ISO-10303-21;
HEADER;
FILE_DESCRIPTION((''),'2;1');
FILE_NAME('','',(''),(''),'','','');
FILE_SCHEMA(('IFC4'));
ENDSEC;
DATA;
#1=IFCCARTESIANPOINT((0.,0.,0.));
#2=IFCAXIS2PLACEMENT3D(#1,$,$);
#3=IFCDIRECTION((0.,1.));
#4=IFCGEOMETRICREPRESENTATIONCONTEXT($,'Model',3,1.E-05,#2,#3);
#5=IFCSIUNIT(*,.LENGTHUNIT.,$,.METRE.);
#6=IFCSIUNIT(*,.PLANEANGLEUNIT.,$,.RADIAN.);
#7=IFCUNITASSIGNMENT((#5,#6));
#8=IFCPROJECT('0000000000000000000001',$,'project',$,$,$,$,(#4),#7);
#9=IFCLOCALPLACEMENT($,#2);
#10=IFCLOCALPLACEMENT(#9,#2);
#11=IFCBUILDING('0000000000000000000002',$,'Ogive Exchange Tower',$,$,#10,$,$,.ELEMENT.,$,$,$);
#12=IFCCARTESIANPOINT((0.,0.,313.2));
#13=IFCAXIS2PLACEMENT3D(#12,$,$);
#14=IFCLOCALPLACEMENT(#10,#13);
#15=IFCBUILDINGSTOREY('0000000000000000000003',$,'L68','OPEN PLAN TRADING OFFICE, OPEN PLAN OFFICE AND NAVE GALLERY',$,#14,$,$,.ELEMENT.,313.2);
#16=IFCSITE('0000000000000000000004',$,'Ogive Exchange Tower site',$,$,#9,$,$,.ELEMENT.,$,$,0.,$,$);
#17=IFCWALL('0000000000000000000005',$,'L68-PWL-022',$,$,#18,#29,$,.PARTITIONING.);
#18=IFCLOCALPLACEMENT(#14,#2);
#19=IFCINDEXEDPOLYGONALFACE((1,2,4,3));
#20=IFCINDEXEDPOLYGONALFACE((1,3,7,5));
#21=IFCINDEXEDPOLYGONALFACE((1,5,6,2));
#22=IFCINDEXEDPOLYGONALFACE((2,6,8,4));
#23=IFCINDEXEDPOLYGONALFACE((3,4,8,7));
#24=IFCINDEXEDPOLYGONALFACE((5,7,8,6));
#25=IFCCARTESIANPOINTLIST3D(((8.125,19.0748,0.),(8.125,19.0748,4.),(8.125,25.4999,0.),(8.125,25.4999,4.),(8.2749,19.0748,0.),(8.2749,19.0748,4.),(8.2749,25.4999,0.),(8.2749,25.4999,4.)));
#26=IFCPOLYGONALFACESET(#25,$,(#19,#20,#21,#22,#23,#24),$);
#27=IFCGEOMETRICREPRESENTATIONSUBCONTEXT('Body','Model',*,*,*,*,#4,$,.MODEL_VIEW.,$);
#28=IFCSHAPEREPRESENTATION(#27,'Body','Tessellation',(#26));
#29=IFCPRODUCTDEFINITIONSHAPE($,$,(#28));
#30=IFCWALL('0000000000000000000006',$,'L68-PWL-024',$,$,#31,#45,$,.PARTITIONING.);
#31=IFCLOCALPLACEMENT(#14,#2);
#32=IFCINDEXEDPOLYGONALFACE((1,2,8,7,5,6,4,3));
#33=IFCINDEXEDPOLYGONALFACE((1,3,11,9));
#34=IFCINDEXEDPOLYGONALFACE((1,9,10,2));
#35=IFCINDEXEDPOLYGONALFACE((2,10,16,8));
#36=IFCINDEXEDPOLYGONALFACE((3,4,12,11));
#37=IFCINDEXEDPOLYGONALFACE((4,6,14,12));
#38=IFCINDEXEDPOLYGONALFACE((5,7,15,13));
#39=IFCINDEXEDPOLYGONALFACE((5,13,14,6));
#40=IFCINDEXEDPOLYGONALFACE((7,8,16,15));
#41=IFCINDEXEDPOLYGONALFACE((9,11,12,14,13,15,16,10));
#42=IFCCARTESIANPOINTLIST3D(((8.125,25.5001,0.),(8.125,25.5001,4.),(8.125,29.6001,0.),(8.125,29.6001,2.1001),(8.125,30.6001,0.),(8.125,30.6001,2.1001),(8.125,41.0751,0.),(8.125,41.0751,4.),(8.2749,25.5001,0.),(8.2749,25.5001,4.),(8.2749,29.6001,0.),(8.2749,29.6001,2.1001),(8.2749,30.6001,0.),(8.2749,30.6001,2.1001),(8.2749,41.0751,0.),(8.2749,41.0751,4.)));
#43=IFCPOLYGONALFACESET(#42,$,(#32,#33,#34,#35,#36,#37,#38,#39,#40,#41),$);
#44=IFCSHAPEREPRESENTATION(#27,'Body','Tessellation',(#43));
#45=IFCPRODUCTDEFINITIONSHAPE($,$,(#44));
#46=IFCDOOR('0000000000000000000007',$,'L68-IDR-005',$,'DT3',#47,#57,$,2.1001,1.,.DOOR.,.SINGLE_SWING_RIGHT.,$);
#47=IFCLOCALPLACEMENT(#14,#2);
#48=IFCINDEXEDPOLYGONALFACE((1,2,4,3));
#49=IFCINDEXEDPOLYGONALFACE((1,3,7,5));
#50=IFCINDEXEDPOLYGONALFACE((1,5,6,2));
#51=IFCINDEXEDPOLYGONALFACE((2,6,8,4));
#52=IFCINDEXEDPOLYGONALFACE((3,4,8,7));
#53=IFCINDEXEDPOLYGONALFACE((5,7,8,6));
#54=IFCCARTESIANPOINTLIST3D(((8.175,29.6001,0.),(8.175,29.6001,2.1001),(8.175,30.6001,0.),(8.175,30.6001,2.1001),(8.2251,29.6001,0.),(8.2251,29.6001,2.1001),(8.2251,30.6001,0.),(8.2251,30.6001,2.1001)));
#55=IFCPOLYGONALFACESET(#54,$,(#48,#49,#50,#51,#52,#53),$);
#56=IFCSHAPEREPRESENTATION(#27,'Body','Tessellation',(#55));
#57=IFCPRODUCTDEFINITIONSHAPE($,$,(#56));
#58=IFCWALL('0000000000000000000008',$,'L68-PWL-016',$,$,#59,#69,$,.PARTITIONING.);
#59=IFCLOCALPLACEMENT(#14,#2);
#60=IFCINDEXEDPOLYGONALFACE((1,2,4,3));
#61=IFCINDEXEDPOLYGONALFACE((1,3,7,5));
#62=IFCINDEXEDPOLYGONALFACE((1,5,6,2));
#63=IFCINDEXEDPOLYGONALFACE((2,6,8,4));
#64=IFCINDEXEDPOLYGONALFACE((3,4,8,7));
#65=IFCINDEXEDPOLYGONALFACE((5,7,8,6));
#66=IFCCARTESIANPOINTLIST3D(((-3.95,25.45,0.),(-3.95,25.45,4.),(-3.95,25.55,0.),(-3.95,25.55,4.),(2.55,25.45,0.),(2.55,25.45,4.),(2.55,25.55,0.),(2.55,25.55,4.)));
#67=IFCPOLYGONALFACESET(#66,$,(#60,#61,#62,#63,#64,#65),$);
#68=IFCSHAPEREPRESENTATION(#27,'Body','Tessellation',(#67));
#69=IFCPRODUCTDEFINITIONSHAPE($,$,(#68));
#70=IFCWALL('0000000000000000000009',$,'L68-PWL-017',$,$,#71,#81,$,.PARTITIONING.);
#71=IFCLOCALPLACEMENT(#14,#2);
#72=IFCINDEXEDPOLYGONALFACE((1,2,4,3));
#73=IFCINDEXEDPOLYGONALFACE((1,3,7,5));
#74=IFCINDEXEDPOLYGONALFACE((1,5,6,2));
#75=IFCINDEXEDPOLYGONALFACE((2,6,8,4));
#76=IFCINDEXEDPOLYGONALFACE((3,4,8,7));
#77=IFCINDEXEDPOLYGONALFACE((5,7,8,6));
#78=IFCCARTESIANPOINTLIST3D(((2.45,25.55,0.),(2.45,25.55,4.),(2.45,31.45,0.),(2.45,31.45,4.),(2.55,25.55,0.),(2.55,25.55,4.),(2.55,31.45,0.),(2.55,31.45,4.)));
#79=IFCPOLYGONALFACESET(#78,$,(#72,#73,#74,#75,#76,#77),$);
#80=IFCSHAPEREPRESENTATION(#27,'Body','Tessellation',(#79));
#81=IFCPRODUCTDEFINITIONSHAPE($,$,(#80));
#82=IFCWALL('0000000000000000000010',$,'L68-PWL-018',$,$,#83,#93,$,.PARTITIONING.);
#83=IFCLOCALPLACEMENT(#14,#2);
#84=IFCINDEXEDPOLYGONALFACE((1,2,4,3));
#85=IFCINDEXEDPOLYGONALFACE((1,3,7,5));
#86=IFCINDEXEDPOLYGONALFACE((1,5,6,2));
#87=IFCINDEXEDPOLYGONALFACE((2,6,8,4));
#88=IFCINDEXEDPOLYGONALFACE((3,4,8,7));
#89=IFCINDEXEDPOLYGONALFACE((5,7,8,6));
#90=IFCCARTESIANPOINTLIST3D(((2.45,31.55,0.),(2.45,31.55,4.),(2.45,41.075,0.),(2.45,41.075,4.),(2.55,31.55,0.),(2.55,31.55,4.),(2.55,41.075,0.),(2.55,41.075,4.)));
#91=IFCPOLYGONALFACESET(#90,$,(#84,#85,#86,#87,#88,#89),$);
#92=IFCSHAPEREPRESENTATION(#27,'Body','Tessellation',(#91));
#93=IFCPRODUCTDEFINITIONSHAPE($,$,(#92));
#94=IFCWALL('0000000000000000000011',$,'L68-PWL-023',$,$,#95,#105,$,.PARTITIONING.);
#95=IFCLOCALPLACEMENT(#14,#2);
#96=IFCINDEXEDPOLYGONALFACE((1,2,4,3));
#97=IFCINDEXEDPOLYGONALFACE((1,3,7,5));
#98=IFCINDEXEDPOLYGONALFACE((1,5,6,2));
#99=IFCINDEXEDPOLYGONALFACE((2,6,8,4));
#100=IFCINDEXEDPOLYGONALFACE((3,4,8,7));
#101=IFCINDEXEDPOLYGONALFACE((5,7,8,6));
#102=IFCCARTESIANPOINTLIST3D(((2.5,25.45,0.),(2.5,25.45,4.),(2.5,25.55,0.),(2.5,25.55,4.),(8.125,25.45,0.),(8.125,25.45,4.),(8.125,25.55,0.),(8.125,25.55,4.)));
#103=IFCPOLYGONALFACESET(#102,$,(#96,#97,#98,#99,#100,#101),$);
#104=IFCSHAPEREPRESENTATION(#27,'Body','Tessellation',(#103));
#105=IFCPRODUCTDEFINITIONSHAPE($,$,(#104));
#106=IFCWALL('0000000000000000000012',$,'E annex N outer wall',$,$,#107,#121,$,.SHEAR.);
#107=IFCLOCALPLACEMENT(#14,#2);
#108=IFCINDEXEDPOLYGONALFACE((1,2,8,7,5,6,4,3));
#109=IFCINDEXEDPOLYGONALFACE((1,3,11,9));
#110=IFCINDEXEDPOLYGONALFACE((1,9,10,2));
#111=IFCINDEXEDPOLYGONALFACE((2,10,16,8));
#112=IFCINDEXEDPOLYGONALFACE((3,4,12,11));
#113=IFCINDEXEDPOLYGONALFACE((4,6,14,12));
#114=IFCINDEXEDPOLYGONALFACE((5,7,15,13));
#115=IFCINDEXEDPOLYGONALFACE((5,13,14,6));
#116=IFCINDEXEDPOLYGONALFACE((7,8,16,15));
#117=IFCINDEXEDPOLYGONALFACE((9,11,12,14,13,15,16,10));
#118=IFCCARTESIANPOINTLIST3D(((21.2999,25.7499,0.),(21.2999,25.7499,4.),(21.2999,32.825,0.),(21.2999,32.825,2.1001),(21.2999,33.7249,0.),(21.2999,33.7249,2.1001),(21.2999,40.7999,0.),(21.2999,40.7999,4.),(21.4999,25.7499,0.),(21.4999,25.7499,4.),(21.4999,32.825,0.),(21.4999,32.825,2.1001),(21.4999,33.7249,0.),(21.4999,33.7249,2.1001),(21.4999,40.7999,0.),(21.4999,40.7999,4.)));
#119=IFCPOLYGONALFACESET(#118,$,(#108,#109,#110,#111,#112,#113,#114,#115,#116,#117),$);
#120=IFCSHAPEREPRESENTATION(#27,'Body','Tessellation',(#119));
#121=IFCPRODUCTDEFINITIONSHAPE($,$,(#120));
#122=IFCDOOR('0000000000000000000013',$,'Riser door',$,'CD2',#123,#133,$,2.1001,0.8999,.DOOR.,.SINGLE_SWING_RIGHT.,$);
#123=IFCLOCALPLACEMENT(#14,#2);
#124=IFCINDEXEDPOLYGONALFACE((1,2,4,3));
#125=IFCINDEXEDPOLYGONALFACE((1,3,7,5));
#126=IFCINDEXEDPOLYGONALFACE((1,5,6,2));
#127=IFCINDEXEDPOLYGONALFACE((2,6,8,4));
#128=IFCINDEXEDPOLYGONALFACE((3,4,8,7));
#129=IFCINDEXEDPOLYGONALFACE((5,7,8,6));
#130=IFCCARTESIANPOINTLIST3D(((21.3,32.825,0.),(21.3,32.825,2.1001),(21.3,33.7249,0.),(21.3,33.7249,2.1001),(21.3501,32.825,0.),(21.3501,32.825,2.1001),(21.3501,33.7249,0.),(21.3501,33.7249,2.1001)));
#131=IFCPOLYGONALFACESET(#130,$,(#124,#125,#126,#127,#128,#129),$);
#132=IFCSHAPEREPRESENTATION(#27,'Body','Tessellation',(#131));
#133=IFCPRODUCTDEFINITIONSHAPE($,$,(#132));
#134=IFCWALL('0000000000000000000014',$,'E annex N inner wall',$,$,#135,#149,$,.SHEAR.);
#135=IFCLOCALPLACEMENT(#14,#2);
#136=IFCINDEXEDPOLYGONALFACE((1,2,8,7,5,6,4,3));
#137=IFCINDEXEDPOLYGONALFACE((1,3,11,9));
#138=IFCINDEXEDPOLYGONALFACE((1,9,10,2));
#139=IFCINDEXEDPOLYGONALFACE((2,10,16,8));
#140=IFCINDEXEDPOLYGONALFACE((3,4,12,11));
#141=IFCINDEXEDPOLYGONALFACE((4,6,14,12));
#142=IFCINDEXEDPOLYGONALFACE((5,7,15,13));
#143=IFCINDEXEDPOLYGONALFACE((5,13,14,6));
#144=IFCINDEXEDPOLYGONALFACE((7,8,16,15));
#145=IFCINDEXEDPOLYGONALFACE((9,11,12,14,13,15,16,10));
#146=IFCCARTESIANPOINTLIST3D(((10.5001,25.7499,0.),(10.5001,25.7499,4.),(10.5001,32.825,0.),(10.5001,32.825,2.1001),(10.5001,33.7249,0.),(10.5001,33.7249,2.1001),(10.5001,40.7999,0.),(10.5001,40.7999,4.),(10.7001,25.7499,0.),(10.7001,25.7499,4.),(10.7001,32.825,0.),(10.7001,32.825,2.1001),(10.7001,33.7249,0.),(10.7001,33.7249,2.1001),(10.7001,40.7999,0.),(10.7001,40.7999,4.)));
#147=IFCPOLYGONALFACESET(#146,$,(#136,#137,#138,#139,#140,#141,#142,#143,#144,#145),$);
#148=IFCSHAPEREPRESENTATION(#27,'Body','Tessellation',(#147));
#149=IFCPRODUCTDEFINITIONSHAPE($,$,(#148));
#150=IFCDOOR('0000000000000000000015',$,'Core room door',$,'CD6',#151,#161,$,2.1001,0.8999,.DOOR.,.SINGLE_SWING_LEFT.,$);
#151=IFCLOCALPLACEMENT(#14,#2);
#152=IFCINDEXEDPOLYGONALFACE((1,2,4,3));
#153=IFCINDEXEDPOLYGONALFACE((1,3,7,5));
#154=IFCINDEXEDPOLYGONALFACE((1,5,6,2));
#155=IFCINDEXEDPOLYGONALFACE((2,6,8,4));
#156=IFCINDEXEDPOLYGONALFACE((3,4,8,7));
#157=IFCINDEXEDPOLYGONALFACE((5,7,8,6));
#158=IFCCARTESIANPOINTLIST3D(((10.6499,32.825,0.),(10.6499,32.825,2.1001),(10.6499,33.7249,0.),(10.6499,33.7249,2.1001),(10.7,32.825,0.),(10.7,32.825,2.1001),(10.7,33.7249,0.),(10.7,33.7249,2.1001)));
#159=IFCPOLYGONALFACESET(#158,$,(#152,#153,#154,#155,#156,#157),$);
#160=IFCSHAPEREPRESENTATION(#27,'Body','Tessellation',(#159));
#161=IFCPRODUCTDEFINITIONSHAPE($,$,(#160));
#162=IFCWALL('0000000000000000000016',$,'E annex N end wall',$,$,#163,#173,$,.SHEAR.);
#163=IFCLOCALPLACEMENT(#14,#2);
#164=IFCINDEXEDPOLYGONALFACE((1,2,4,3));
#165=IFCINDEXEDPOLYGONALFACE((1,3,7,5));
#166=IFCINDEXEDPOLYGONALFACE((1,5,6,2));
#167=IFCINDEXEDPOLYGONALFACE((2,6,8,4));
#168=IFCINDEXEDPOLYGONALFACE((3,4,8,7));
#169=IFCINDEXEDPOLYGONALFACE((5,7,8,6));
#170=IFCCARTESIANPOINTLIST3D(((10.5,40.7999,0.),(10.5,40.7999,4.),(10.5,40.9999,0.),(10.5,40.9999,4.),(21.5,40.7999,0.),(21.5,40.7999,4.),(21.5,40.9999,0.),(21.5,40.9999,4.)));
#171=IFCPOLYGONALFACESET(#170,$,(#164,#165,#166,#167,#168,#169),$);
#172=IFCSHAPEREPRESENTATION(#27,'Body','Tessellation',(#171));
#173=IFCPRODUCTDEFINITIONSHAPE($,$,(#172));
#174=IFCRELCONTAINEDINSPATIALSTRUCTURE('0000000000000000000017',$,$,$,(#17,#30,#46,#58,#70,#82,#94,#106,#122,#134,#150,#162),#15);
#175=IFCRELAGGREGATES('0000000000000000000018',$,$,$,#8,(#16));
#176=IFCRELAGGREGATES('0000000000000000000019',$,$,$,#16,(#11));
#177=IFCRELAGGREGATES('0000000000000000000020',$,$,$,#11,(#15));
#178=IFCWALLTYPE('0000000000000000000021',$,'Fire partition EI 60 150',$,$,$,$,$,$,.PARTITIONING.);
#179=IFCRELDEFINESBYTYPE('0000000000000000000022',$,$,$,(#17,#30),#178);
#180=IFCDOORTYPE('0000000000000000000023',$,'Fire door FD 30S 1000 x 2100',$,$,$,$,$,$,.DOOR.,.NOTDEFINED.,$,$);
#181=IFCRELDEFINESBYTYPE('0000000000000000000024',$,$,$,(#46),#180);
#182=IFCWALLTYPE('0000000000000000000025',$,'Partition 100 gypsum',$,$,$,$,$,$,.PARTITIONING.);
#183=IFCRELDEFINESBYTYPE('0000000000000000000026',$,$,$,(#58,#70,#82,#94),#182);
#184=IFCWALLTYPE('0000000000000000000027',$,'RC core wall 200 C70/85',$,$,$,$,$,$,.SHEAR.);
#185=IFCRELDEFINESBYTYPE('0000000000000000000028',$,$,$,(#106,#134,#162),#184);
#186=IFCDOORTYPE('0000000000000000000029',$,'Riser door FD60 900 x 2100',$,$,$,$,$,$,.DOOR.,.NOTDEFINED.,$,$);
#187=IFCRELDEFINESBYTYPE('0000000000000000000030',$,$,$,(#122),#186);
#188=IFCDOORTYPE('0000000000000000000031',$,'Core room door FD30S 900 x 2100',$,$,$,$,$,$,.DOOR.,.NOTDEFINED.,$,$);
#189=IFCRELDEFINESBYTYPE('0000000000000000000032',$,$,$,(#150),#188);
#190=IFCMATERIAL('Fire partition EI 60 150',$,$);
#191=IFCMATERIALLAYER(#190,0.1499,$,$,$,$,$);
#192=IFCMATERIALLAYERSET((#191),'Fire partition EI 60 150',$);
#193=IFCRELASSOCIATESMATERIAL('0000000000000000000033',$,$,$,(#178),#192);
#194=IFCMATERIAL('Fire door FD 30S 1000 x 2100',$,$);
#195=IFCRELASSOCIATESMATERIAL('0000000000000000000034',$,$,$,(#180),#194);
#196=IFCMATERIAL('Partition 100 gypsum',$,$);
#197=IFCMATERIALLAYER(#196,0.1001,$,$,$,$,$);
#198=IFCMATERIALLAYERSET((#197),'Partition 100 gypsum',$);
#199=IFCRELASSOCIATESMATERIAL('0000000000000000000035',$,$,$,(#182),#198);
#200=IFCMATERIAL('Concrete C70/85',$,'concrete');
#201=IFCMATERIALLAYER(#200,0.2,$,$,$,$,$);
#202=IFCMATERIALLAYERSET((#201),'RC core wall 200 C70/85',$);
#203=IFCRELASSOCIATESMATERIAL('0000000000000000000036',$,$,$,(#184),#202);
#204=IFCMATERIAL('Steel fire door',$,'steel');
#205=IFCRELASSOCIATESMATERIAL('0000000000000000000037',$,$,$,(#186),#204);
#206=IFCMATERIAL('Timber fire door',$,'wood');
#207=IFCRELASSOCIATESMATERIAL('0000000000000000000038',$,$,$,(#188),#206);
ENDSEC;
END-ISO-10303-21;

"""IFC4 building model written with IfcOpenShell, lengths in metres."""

from ifc_helpers import new_model, si_unit, direction, frame, frame_2d, origin, place, context, subcontext, project, spatial, rectangle, extrude, material, layer, layer_set, type_object, element, fill, save


model = new_model("IFC4")

# Units and contexts
model_context = context("Model", 3, precision=1e-05, world=origin(), true_north=direction((0.0, 1.0)))
body_context = subcontext(model_context, "Body", "Model", "MODEL_VIEW")
ifc_project = project(units=[si_unit("LENGTHUNIT", "METRE"), si_unit("PLANEANGLEUNIT", "RADIAN")], contexts=[model_context])

# Site, building, storey
site_placement = place(None, origin())
site = spatial("IfcSite", under=ifc_project, at=site_placement, Name="Ogive Exchange Tower site", CompositionType="ELEMENT", RefElevation=0.0)
building_placement = place(site_placement, origin())
building = spatial("IfcBuilding", under=site, at=building_placement, Name="Ogive Exchange Tower", CompositionType="ELEMENT")
storey_placement = place(building_placement, frame((0.0, 0.0, 313.2)))
storey = spatial("IfcBuildingStorey", under=building, at=storey_placement, Name="L68", Description="OPEN PLAN TRADING OFFICE, OPEN PLAN OFFICE AND NAVE GALLERY", CompositionType="ELEMENT", Elevation=313.2)

# Wall
ifc_material_1 = material(Name="Fire partition EI 60 150")
ifc_layer_1 = layer(ifc_material_1, 0.1499)
ifc_layer_set_1 = layer_set([ifc_layer_1], Name="Fire partition EI 60 150")
wall_type_1 = type_object("IfcWallType", Name="Fire partition EI 60 150", PredefinedType="PARTITIONING", material=ifc_layer_set_1)
wall_1_placement = place(storey_placement, frame((8.2, 19.075, 0.0), z_axis=(0.0, 0.0, 1.0), x_axis=(0.0, 1.0, 0.0)))
element("IfcWall", 1, at=wall_1_placement, inside=storey, type_object=wall_type_1, Name="L68-PWL-022", PredefinedType="PARTITIONING", context=body_context, shape_type="SweptSolid", body=[
    extrude(rectangle(XDim=6.425, YDim=0.1499, at=frame_2d((3.2124, 0.0))), origin(), (0.0, 0.0, 1.0), 4.0),
])

# Wall, opening, door
wall_2_placement = place(storey_placement, frame((8.2, 25.5, 0.0), z_axis=(0.0, 0.0, 1.0), x_axis=(0.0, 1.0, 0.0)))
wall_2 = element("IfcWall", 2, at=wall_2_placement, inside=storey, type_object=wall_type_1, Name="L68-PWL-024", PredefinedType="PARTITIONING", context=body_context, shape_type="SweptSolid", body=[
    extrude(rectangle(XDim=15.575, YDim=0.1499, at=frame_2d((7.7876, 0.0))), origin(), (0.0, 0.0, 1.0), 4.0),
])
opening_1_placement = place(wall_2_placement, frame((4.1001, 0.0, 0.0)))
opening_1 = element("IfcOpeningElement", 3, at=opening_1_placement, cuts=wall_2, PredefinedType="OPENING", context=body_context, shape_type="SweptSolid", body=[
    extrude(rectangle(XDim=1.0, YDim=2.1001, at=frame_2d((0.5, 1.05))), frame((0.0, 0.085, 0.0), z_axis=(0.0, -1.0, 0.0), x_axis=(1.0, 0.0, 0.0)), (0.0, 0.0, 1.0), 0.1699),
])
ifc_material_2 = material(Name="Fire door FD 30S 1000 x 2100")
door_type_1 = type_object("IfcDoorType", Name="Fire door FD 30S 1000 x 2100", OperationType="NOTDEFINED", PredefinedType="DOOR", material=ifc_material_2)
door_1_placement = place(opening_1_placement, origin())
door_1 = element("IfcDoor", 4, at=door_1_placement, inside=storey, type_object=door_type_1, Name="L68-IDR-005", ObjectType="DT3", OperationType="SINGLE_SWING_RIGHT", OverallHeight=2.1001, OverallWidth=1.0, PredefinedType="DOOR", context=body_context, shape_type="SweptSolid", body=[
    extrude(rectangle(XDim=1.0, YDim=2.1001, at=frame_2d((0.5, 1.05))), frame((0.0, 0.0249, 0.0), z_axis=(0.0, -1.0, 0.0), x_axis=(1.0, 0.0, 0.0)), (0.0, 0.0, 1.0), 0.05),
])
fill(opening_1, door_1)

# Walls
ifc_material_3 = material(Name="Partition 100 gypsum")
ifc_layer_2 = layer(ifc_material_3, 0.1001)
ifc_layer_set_2 = layer_set([ifc_layer_2], Name="Partition 100 gypsum")
wall_type_2 = type_object("IfcWallType", Name="Partition 100 gypsum", PredefinedType="PARTITIONING", material=ifc_layer_set_2)
wall_3_placement = place(storey_placement, frame((2.55, 25.5, 0.0), z_axis=(0.0, 0.0, 1.0), x_axis=(-1.0, 0.0, 0.0)))
element("IfcWall", 5, at=wall_3_placement, inside=storey, type_object=wall_type_2, Name="L68-PWL-016", PredefinedType="PARTITIONING", context=body_context, shape_type="SweptSolid", body=[
    extrude(rectangle(XDim=6.5, YDim=0.1001, at=frame_2d((3.25, 0.0))), origin(), (0.0, 0.0, 1.0), 4.0),
])
wall_4_placement = place(storey_placement, frame((2.5, 25.55, 0.0), z_axis=(0.0, 0.0, 1.0), x_axis=(0.0, 1.0, 0.0)))
element("IfcWall", 6, at=wall_4_placement, inside=storey, type_object=wall_type_2, Name="L68-PWL-017", PredefinedType="PARTITIONING", context=body_context, shape_type="SweptSolid", body=[
    extrude(rectangle(XDim=5.8999, YDim=0.1001, at=frame_2d((2.95, 0.0))), origin(), (0.0, 0.0, 1.0), 4.0),
])
wall_5_placement = place(storey_placement, frame((2.5, 31.55, 0.0), z_axis=(0.0, 0.0, 1.0), x_axis=(0.0, 1.0, 0.0)))
element("IfcWall", 7, at=wall_5_placement, inside=storey, type_object=wall_type_2, Name="L68-PWL-018", PredefinedType="PARTITIONING", context=body_context, shape_type="SweptSolid", body=[
    extrude(rectangle(XDim=9.5249, YDim=0.1001, at=frame_2d((4.7625, 0.0))), origin(), (0.0, 0.0, 1.0), 4.0),
])
wall_6_placement = place(storey_placement, frame((8.125, 25.5, 0.0), z_axis=(0.0, 0.0, 1.0), x_axis=(-1.0, 0.0, 0.0)))
element("IfcWall", 8, at=wall_6_placement, inside=storey, type_object=wall_type_2, Name="L68-PWL-023", PredefinedType="PARTITIONING", context=body_context, shape_type="SweptSolid", body=[
    extrude(rectangle(XDim=5.625, YDim=0.1001, at=frame_2d((2.8125, 0.0))), origin(), (0.0, 0.0, 1.0), 4.0),
])

# Walls, openings, doors
ifc_material_4 = material(Name="Concrete C70/85", Category="concrete")
ifc_layer_3 = layer(ifc_material_4, 0.2)
ifc_layer_set_3 = layer_set([ifc_layer_3], Name="RC core wall 200 C70/85")
wall_type_3 = type_object("IfcWallType", Name="RC core wall 200 C70/85", PredefinedType="SHEAR", material=ifc_layer_set_3)
wall_7_placement = place(storey_placement, frame((21.3999, 25.75, 0.0), z_axis=(0.0, 0.0, 1.0), x_axis=(0.0, 1.0, 0.0)))
wall_7 = element("IfcWall", 9, at=wall_7_placement, inside=storey, type_object=wall_type_3, Name="E annex N outer wall", PredefinedType="SHEAR", context=body_context, shape_type="SweptSolid", body=[
    extrude(rectangle(XDim=15.05, YDim=0.2, at=frame_2d((7.5249, 0.0))), origin(), (0.0, 0.0, 1.0), 4.0),
])
opening_2_placement = place(wall_7_placement, frame((7.075, 0.0, 0.0)))
opening_2 = element("IfcOpeningElement", 10, at=opening_2_placement, cuts=wall_7, PredefinedType="OPENING", context=body_context, shape_type="SweptSolid", body=[
    extrude(rectangle(XDim=0.8999, YDim=2.1001, at=frame_2d((0.45, 1.05))), frame((0.0, 0.1099, 0.0), z_axis=(0.0, -1.0, 0.0), x_axis=(1.0, 0.0, 0.0)), (0.0, 0.0, 1.0), 0.22),
])
ifc_material_5 = material(Name="Steel fire door", Category="steel")
door_type_2 = type_object("IfcDoorType", Name="Riser door FD60 900 x 2100", OperationType="NOTDEFINED", PredefinedType="DOOR", material=ifc_material_5)
door_2_placement = place(opening_2_placement, frame((0.8999, 0.1499, 0.0), z_axis=(0.0, 0.0, 1.0), x_axis=(-1.0, 0.0, 0.0)))
door_2 = element("IfcDoor", 11, at=door_2_placement, inside=storey, type_object=door_type_2, Name="Riser door", ObjectType="CD2", OperationType="SINGLE_SWING_RIGHT", OverallHeight=2.1001, OverallWidth=0.8999, PredefinedType="DOOR", context=body_context, shape_type="SweptSolid", body=[
    extrude(rectangle(XDim=0.8999, YDim=2.1001, at=frame_2d((0.45, 1.05))), frame((0.0, 0.1001, 0.0), z_axis=(0.0, -1.0, 0.0), x_axis=(1.0, 0.0, 0.0)), (0.0, 0.0, 1.0), 0.05),
])
fill(opening_2, door_2)
wall_8_placement = place(storey_placement, frame((10.6001, 25.75, 0.0), z_axis=(0.0, 0.0, 1.0), x_axis=(0.0, 1.0, 0.0)))
wall_8 = element("IfcWall", 12, at=wall_8_placement, inside=storey, type_object=wall_type_3, Name="E annex N inner wall", PredefinedType="SHEAR", context=body_context, shape_type="SweptSolid", body=[
    extrude(rectangle(XDim=15.05, YDim=0.2, at=frame_2d((7.5249, 0.0))), origin(), (0.0, 0.0, 1.0), 4.0),
])
opening_3_placement = place(wall_8_placement, frame((7.075, 0.0, 0.0)))
opening_3 = element("IfcOpeningElement", 13, at=opening_3_placement, cuts=wall_8, PredefinedType="OPENING", context=body_context, shape_type="SweptSolid", body=[
    extrude(rectangle(XDim=0.8999, YDim=2.1001, at=frame_2d((0.45, 1.05))), frame((0.0, 0.1099, 0.0), z_axis=(0.0, -1.0, 0.0), x_axis=(1.0, 0.0, 0.0)), (0.0, 0.0, 1.0), 0.22),
])
ifc_material_6 = material(Name="Timber fire door", Category="wood")
door_type_3 = type_object("IfcDoorType", Name="Core room door FD30S 900 x 2100", OperationType="NOTDEFINED", PredefinedType="DOOR", material=ifc_material_6)
door_3_placement = place(opening_3_placement, origin())
door_3 = element("IfcDoor", 14, at=door_3_placement, inside=storey, type_object=door_type_3, Name="Core room door", ObjectType="CD6", OperationType="SINGLE_SWING_LEFT", OverallHeight=2.1001, OverallWidth=0.8999, PredefinedType="DOOR", context=body_context, shape_type="SweptSolid", body=[
    extrude(rectangle(XDim=0.8999, YDim=2.1001, at=frame_2d((0.45, 1.05))), frame((0.0, -0.0498, 0.0), z_axis=(0.0, -1.0, 0.0), x_axis=(1.0, 0.0, 0.0)), (0.0, 0.0, 1.0), 0.05),
])
fill(opening_3, door_3)

# Wall
wall_9_placement = place(storey_placement, frame((10.5, 40.8999, 0.0), z_axis=(0.0, 0.0, 1.0), x_axis=(1.0, 0.0, 0.0)))
element("IfcWall", 15, at=wall_9_placement, inside=storey, type_object=wall_type_3, Name="E annex N end wall", PredefinedType="SHEAR", context=body_context, shape_type="SweptSolid", body=[
    extrude(rectangle(XDim=11.0, YDim=0.2, at=frame_2d((5.5, 0.0))), origin(), (0.0, 0.0, 1.0), 4.0),
])

save(model, "model.ifc")
